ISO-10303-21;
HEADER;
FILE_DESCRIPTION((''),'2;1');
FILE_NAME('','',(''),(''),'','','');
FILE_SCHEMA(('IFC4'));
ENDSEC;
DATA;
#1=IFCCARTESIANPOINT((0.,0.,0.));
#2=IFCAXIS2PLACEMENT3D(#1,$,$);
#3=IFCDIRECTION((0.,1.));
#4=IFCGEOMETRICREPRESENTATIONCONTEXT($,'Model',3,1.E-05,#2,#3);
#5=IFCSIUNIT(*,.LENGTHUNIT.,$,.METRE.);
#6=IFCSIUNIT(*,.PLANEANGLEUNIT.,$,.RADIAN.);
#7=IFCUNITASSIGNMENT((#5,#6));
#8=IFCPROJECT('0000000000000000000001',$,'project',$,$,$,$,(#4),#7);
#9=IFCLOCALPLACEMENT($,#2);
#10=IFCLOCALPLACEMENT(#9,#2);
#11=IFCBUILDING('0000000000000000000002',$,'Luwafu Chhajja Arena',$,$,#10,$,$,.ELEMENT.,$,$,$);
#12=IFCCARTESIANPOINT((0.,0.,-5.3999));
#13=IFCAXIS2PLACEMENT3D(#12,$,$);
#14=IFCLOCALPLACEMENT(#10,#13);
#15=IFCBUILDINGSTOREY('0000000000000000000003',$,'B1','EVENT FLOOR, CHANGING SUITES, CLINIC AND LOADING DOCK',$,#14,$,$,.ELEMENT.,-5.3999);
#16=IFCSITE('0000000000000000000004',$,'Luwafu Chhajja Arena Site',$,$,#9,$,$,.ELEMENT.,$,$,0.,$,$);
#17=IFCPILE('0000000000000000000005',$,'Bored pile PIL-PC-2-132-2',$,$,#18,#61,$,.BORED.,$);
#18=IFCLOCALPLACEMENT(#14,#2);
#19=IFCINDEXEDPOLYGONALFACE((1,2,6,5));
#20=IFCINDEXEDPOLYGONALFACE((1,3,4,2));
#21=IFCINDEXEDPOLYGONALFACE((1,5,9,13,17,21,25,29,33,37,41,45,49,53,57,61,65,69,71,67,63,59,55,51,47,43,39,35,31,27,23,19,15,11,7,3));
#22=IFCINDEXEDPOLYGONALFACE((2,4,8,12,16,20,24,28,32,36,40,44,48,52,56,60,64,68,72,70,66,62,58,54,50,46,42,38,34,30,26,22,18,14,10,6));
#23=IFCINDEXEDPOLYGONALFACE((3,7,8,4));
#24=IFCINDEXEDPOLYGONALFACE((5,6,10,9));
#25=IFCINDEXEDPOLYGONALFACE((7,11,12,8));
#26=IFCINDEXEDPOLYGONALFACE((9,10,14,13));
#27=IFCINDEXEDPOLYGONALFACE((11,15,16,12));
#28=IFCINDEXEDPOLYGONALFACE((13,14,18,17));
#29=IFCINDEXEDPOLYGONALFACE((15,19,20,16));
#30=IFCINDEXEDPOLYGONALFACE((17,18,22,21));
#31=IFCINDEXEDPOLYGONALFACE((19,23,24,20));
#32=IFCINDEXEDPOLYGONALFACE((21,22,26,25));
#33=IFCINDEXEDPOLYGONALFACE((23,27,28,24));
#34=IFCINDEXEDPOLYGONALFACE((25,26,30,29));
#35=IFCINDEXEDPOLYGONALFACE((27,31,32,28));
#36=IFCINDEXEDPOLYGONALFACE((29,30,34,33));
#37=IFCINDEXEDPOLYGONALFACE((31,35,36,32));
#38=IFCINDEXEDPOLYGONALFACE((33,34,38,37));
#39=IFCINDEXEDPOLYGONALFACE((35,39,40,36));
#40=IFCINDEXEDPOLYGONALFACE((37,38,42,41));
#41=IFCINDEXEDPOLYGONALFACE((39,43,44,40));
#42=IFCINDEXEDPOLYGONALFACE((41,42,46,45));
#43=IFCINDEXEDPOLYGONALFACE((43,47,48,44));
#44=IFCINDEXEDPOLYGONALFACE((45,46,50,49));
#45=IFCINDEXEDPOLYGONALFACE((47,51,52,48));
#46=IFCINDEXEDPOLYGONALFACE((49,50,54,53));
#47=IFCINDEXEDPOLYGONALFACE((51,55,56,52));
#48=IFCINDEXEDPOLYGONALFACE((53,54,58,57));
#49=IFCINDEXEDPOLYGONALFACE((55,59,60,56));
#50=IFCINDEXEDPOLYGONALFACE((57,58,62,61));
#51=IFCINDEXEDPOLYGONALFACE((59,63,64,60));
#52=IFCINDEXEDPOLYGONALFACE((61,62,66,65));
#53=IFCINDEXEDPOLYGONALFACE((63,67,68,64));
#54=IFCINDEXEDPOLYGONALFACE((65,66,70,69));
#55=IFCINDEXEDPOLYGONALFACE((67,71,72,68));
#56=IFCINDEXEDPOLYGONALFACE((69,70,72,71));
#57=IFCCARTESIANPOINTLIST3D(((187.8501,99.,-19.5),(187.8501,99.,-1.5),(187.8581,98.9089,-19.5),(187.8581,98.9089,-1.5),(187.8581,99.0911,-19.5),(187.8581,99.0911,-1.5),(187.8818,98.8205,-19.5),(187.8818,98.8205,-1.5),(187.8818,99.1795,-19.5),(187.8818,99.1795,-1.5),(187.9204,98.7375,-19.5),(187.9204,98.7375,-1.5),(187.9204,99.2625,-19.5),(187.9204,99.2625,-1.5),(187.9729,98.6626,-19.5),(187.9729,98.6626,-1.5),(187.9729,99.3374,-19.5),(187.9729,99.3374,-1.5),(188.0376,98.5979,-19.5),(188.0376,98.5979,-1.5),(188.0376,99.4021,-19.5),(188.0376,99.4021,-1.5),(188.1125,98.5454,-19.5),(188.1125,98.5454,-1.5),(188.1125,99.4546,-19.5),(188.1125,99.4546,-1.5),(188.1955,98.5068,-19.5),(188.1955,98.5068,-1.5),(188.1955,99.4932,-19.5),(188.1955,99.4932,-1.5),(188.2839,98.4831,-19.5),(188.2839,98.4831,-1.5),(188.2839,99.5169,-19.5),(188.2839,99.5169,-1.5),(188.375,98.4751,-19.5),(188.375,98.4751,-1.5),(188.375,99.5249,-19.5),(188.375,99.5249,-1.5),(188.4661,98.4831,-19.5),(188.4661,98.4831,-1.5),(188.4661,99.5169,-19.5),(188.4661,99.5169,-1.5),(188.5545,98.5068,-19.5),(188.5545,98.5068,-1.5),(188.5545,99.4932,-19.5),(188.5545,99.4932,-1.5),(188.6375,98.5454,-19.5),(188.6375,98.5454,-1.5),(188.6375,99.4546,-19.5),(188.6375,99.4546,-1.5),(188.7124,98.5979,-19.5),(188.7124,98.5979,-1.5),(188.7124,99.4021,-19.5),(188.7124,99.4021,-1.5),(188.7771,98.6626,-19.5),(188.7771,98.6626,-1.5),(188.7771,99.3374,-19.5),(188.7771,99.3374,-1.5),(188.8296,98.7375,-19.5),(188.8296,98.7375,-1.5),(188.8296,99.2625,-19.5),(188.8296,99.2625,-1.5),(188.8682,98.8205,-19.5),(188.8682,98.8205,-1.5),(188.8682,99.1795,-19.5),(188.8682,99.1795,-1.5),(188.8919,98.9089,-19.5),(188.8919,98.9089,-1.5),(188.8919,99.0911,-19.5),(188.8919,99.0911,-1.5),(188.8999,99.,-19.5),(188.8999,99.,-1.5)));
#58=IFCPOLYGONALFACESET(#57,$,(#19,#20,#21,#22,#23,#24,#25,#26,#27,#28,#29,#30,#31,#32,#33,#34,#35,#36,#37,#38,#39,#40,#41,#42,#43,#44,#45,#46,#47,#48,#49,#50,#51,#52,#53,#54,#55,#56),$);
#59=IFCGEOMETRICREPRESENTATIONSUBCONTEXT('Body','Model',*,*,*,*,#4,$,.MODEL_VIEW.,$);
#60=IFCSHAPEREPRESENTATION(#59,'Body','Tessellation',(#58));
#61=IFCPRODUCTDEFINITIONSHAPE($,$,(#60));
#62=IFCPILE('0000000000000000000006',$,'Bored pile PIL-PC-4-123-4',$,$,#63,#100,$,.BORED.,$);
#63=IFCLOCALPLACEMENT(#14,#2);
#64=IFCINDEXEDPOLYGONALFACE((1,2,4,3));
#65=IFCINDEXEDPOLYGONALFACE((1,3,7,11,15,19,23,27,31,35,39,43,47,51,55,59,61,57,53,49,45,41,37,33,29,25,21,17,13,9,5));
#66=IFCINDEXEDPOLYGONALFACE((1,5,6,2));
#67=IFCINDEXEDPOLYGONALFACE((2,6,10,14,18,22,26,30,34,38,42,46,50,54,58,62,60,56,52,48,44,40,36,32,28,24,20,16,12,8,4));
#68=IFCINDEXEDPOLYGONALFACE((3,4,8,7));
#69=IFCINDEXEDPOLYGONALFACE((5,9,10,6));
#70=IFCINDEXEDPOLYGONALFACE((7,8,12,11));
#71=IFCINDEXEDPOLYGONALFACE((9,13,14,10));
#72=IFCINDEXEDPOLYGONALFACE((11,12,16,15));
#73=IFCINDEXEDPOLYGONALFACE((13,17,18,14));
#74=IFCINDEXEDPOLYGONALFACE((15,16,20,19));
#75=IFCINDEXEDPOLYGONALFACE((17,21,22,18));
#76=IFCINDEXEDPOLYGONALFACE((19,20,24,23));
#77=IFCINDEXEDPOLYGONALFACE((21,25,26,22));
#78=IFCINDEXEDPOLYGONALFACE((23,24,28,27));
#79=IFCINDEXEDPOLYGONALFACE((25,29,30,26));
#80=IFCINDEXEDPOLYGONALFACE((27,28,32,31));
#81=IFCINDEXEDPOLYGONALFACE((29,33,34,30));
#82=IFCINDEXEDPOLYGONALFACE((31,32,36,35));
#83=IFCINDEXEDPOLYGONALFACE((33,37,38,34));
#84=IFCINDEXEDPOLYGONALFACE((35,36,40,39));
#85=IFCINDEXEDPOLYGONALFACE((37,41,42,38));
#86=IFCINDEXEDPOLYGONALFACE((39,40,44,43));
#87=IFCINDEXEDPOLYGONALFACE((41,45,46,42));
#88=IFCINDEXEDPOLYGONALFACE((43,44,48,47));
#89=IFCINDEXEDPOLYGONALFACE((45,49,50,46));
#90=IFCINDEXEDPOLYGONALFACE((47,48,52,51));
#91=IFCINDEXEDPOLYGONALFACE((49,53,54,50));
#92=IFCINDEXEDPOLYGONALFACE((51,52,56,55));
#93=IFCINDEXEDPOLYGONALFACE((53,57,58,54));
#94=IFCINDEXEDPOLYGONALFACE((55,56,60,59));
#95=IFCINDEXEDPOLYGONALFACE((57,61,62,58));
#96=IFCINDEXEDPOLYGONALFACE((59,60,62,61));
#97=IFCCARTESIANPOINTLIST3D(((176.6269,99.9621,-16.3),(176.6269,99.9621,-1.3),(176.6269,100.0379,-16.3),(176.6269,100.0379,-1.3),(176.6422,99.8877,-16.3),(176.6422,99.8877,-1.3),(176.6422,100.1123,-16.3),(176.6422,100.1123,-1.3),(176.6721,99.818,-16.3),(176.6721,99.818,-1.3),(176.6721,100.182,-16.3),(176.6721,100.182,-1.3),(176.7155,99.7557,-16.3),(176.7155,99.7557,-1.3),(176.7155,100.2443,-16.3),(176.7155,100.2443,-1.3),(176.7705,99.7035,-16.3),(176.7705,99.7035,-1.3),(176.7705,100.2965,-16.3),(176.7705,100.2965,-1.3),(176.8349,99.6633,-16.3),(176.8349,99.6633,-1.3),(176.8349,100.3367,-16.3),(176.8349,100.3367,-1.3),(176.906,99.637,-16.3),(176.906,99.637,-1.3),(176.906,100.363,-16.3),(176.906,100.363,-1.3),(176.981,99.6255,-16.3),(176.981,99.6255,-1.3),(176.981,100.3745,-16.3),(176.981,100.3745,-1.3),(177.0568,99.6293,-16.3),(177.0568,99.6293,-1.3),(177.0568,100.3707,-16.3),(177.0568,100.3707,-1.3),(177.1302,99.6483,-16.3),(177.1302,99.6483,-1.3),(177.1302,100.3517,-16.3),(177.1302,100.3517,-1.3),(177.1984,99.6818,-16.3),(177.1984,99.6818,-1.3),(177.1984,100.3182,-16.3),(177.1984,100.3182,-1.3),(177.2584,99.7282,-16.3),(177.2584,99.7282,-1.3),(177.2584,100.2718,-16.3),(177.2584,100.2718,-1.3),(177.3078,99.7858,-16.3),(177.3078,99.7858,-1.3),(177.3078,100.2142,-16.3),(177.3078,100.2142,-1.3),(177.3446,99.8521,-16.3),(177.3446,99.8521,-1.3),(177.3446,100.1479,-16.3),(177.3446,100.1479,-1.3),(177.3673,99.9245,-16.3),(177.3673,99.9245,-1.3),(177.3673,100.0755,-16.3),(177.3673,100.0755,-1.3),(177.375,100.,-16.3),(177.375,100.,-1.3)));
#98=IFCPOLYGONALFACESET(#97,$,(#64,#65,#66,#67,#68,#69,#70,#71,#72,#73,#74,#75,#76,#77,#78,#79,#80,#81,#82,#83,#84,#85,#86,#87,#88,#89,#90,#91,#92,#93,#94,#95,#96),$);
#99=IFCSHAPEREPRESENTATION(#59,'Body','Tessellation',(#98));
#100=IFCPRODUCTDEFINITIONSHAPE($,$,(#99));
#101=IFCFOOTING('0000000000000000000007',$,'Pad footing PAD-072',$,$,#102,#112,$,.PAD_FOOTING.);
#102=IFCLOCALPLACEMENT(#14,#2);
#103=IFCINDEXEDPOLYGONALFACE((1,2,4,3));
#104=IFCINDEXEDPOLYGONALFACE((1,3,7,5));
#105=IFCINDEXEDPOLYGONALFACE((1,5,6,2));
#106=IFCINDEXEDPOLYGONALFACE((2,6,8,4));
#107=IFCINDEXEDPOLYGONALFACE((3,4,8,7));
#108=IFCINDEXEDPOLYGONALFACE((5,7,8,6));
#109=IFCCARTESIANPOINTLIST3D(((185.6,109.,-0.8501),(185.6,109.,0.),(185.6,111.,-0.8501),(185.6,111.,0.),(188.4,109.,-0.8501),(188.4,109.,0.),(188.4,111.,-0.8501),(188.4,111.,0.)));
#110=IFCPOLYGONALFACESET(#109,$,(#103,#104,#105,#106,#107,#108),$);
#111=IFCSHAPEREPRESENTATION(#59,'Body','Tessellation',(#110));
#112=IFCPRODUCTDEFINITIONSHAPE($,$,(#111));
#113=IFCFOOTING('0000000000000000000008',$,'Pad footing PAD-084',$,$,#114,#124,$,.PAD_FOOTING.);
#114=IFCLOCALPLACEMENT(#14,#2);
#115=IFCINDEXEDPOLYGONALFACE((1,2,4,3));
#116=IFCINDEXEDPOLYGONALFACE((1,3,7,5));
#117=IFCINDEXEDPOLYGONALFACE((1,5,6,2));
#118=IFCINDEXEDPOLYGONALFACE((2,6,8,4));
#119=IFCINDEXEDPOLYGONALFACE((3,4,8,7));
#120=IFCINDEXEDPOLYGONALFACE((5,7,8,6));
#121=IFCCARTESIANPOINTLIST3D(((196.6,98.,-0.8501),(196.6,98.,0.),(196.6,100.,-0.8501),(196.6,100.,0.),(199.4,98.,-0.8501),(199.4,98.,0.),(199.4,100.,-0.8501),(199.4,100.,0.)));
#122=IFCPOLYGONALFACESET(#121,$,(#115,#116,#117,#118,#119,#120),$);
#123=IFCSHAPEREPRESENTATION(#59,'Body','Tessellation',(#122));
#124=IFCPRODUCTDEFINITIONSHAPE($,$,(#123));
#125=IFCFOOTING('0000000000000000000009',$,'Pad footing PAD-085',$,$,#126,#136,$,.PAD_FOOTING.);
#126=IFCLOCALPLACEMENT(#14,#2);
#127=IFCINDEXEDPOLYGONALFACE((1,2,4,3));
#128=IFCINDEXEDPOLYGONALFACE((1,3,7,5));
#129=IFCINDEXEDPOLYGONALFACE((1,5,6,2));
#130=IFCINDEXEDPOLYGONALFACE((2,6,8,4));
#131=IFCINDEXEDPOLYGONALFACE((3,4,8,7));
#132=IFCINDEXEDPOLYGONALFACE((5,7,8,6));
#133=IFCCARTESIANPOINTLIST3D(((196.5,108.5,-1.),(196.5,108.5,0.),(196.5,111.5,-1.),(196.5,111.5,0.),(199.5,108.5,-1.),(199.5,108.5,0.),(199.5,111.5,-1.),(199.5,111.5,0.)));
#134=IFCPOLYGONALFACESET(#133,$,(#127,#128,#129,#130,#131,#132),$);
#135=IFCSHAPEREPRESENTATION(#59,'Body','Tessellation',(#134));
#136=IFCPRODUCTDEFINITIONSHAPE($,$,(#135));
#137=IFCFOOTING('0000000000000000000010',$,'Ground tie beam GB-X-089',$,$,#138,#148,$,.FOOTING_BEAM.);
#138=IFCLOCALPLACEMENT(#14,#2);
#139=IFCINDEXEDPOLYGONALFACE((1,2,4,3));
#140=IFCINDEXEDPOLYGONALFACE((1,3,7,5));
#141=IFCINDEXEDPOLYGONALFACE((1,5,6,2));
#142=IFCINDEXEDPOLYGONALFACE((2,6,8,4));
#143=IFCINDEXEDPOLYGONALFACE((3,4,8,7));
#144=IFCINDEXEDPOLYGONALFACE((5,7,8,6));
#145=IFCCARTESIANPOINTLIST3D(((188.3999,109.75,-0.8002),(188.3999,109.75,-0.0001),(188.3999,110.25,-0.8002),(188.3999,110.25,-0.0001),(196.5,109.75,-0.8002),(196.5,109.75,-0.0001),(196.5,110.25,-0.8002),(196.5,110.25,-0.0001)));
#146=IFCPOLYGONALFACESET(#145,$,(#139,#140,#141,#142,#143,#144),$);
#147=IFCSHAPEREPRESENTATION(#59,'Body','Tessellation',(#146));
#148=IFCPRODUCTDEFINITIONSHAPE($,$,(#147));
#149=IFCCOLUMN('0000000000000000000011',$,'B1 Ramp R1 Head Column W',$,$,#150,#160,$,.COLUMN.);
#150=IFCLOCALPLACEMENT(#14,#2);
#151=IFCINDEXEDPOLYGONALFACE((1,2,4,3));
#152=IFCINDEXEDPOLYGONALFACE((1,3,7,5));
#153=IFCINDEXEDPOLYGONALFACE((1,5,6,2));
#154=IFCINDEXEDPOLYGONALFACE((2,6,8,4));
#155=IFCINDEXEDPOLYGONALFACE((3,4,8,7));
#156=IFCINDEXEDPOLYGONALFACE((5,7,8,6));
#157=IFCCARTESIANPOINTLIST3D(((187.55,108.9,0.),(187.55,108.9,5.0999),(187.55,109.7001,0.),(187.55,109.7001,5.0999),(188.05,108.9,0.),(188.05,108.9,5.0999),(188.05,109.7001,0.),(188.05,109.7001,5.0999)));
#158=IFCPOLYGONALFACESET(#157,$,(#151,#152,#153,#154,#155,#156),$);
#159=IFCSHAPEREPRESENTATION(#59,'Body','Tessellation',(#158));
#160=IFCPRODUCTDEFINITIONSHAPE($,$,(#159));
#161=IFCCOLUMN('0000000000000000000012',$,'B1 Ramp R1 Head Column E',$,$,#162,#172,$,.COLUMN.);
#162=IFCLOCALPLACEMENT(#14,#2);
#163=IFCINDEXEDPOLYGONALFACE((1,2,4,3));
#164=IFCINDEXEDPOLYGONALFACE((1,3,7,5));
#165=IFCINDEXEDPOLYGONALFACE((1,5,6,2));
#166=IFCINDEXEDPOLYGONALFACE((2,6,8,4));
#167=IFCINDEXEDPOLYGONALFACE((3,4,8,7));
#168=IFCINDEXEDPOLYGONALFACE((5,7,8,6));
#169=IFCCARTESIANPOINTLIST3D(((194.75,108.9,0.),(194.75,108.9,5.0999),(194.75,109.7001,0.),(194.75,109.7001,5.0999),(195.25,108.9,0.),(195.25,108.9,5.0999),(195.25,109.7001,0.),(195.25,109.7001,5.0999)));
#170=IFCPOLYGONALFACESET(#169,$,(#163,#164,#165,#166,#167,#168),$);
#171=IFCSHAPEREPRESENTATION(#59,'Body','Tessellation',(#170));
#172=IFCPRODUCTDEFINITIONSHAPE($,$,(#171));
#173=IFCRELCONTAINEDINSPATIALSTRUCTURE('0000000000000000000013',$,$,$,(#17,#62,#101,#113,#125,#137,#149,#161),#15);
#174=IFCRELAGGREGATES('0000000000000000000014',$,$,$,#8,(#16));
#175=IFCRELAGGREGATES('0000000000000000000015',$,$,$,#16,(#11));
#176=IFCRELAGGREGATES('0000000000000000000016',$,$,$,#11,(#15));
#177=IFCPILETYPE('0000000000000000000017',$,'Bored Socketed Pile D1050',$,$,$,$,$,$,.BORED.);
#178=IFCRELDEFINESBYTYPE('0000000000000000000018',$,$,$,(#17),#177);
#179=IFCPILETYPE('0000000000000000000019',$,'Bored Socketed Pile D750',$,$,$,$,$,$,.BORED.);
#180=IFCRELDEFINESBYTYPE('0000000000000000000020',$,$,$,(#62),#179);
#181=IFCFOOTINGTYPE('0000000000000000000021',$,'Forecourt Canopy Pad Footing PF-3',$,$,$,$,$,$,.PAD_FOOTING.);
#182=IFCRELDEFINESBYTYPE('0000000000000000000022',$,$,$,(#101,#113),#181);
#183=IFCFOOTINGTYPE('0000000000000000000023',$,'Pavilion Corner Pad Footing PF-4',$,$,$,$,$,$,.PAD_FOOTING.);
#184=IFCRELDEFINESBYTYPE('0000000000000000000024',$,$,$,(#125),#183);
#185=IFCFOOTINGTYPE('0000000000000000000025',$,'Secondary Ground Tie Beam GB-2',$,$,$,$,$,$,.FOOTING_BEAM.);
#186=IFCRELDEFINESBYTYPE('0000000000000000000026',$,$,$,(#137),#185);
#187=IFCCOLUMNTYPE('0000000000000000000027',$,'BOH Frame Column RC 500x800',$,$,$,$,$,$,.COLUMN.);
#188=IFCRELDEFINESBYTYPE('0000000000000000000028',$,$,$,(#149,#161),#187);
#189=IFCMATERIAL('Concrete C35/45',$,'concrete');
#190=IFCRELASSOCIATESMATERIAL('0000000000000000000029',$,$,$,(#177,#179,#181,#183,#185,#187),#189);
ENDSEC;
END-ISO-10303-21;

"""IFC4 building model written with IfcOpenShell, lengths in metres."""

from ifc_helpers import new_model, si_unit, direction, frame, origin, origin_2d, place, context, subcontext, project, spatial, rectangle, circle, extrude, material, material_profile, profile_set, type_object, element, save


model = new_model("IFC4")

# Units and contexts
model_context = context("Model", 3, precision=1e-05, world=origin(), true_north=direction((0.0, 1.0)))
body_context = subcontext(model_context, "Body", "Model", "MODEL_VIEW")
ifc_project = project(units=[si_unit("LENGTHUNIT", "METRE"), si_unit("PLANEANGLEUNIT", "RADIAN")], contexts=[model_context])

# Site, building, storey
site_placement = place(None, origin())
site = spatial("IfcSite", under=ifc_project, at=site_placement, Name="Luwafu Chhajja Arena Site", CompositionType="ELEMENT", RefElevation=0.0)
building_placement = place(site_placement, origin())
building = spatial("IfcBuilding", under=site, at=building_placement, Name="Luwafu Chhajja Arena", CompositionType="ELEMENT")
storey_placement = place(building_placement, frame((0.0, 0.0, -5.3999)))
storey = spatial("IfcBuildingStorey", under=building, at=storey_placement, Name="B1", Description="EVENT FLOOR, CHANGING SUITES, CLINIC AND LOADING DOCK", CompositionType="ELEMENT", Elevation=-5.3999)

# Piles
ifc_material_1 = material(Name="Concrete C35/45", Category="concrete")
ifc_material_profile_1 = material_profile(ifc_material_1, circle(Radius=0.5249, at=origin_2d()), Name="PILE D1050")
ifc_profile_set_1 = profile_set([ifc_material_profile_1], Name="Concrete C35/45")
pile_type_1 = type_object("IfcPileType", Name="Bored Socketed Pile D1050", PredefinedType="BORED", material=ifc_profile_set_1)
pile_1_placement = place(storey_placement, frame((188.375, 99.0, -1.5), z_axis=(0.0, 0.0, -1.0), x_axis=(1.0, 0.0, 0.0)))
element("IfcPile", 1, at=pile_1_placement, inside=storey, type_object=pile_type_1, Name="Bored pile PIL-PC-2-132-2", PredefinedType="BORED", context=body_context, shape_type="SweptSolid", body=[
    extrude(circle(Radius=0.5249, at=origin_2d()), origin(), (0.0, 0.0, 1.0), 18.0),
])
ifc_material_profile_2 = material_profile(ifc_material_1, circle(Radius=0.375, at=origin_2d()), Name="PILE D750")
ifc_profile_set_2 = profile_set([ifc_material_profile_2], Name="Concrete C35/45")
pile_type_2 = type_object("IfcPileType", Name="Bored Socketed Pile D750", PredefinedType="BORED", material=ifc_profile_set_2)
pile_2_placement = place(storey_placement, frame((177.0, 100.0, -1.3), z_axis=(0.0, 0.0, -1.0), x_axis=(1.0, 0.0, 0.0)))
element("IfcPile", 2, at=pile_2_placement, inside=storey, type_object=pile_type_2, Name="Bored pile PIL-PC-4-123-4", PredefinedType="BORED", context=body_context, shape_type="SweptSolid", body=[
    extrude(circle(Radius=0.375, at=origin_2d()), origin(), (0.0, 0.0, 1.0), 15.0),
])

# Footings
footing_type_1 = type_object("IfcFootingType", Name="Forecourt Canopy Pad Footing PF-3", PredefinedType="PAD_FOOTING", material=ifc_material_1)
for number, where, z_axis, x_axis, name in (
    (3, (187.0, 110.0, -0.8501), (0.0, 0.0, 1.0), (1.0, 0.0, 0.0), "Pad footing PAD-072"),
    (4, (198.0, 99.0, -0.8501), (0.0, 0.0, 1.0), (1.0, 0.0, 0.0), "Pad footing PAD-084"),
):
    element("IfcFooting", number, at=place(storey_placement, frame(where, z_axis=z_axis, x_axis=x_axis)), inside=storey, type_object=footing_type_1, Name=name, PredefinedType="PAD_FOOTING", context=body_context, shape_type="SweptSolid", body=[
        extrude(rectangle(XDim=2.8, YDim=2.0, at=origin_2d()), origin(), (0.0, 0.0, 1.0), 0.8501),
    ])
footing_type_2 = type_object("IfcFootingType", Name="Pavilion Corner Pad Footing PF-4", PredefinedType="PAD_FOOTING", material=ifc_material_1)
footing_1_placement = place(storey_placement, frame((198.0, 110.0, -1.0), z_axis=(0.0, 0.0, 1.0), x_axis=(1.0, 0.0, 0.0)))
element("IfcFooting", 5, at=footing_1_placement, inside=storey, type_object=footing_type_2, Name="Pad footing PAD-085", PredefinedType="PAD_FOOTING", context=body_context, shape_type="SweptSolid", body=[
    extrude(rectangle(XDim=3.0, YDim=3.0, at=origin_2d()), origin(), (0.0, 0.0, 1.0), 1.0),
])
ifc_material_profile_3 = material_profile(ifc_material_1, rectangle(XDim=0.5, YDim=0.8, at=origin_2d()), Name="RC 500x800")
ifc_profile_set_3 = profile_set([ifc_material_profile_3], Name="Concrete C35/45")
footing_type_3 = type_object("IfcFootingType", Name="Secondary Ground Tie Beam GB-2", PredefinedType="FOOTING_BEAM", material=ifc_profile_set_3)
footing_2_placement = place(storey_placement, frame((188.3999, 110.0, -0.4001), z_axis=(1.0, 0.0, 0.0), x_axis=(0.0, 1.0, 0.0)))
element("IfcFooting", 6, at=footing_2_placement, inside=storey, type_object=footing_type_3, Name="Ground tie beam GB-X-089", PredefinedType="FOOTING_BEAM", context=body_context, shape_type="SweptSolid", body=[
    extrude(rectangle(XDim=0.5, YDim=0.8, at=origin_2d()), origin(), (0.0, 0.0, 1.0), 8.1001),
])

# Columns
ifc_material_profile_4 = material_profile(ifc_material_1, rectangle(XDim=0.5, YDim=0.8, at=origin_2d()), Name="RC 500x800")
ifc_profile_set_4 = profile_set([ifc_material_profile_4], Name="Concrete C35/45")
column_type_1 = type_object("IfcColumnType", Name="BOH Frame Column RC 500x800", PredefinedType="COLUMN", material=ifc_profile_set_4)
for number, where, z_axis, x_axis, name in (
    (7, (187.8, 109.3, 0.0), (0.0, 0.0, 1.0), (1.0, 0.0, 0.0), "B1 Ramp R1 Head Column W"),
    (8, (195.0, 109.3, 0.0), (0.0, 0.0, 1.0), (1.0, 0.0, 0.0), "B1 Ramp R1 Head Column E"),
):
    element("IfcColumn", number, at=place(storey_placement, frame(where, z_axis=z_axis, x_axis=x_axis)), inside=storey, type_object=column_type_1, Name=name, PredefinedType="COLUMN", context=body_context, shape_type="SweptSolid", body=[
        extrude(rectangle(XDim=0.5, YDim=0.8, at=origin_2d()), origin(), (0.0, 0.0, 1.0), 5.0999),
    ])

save(model, "model.ifc")
